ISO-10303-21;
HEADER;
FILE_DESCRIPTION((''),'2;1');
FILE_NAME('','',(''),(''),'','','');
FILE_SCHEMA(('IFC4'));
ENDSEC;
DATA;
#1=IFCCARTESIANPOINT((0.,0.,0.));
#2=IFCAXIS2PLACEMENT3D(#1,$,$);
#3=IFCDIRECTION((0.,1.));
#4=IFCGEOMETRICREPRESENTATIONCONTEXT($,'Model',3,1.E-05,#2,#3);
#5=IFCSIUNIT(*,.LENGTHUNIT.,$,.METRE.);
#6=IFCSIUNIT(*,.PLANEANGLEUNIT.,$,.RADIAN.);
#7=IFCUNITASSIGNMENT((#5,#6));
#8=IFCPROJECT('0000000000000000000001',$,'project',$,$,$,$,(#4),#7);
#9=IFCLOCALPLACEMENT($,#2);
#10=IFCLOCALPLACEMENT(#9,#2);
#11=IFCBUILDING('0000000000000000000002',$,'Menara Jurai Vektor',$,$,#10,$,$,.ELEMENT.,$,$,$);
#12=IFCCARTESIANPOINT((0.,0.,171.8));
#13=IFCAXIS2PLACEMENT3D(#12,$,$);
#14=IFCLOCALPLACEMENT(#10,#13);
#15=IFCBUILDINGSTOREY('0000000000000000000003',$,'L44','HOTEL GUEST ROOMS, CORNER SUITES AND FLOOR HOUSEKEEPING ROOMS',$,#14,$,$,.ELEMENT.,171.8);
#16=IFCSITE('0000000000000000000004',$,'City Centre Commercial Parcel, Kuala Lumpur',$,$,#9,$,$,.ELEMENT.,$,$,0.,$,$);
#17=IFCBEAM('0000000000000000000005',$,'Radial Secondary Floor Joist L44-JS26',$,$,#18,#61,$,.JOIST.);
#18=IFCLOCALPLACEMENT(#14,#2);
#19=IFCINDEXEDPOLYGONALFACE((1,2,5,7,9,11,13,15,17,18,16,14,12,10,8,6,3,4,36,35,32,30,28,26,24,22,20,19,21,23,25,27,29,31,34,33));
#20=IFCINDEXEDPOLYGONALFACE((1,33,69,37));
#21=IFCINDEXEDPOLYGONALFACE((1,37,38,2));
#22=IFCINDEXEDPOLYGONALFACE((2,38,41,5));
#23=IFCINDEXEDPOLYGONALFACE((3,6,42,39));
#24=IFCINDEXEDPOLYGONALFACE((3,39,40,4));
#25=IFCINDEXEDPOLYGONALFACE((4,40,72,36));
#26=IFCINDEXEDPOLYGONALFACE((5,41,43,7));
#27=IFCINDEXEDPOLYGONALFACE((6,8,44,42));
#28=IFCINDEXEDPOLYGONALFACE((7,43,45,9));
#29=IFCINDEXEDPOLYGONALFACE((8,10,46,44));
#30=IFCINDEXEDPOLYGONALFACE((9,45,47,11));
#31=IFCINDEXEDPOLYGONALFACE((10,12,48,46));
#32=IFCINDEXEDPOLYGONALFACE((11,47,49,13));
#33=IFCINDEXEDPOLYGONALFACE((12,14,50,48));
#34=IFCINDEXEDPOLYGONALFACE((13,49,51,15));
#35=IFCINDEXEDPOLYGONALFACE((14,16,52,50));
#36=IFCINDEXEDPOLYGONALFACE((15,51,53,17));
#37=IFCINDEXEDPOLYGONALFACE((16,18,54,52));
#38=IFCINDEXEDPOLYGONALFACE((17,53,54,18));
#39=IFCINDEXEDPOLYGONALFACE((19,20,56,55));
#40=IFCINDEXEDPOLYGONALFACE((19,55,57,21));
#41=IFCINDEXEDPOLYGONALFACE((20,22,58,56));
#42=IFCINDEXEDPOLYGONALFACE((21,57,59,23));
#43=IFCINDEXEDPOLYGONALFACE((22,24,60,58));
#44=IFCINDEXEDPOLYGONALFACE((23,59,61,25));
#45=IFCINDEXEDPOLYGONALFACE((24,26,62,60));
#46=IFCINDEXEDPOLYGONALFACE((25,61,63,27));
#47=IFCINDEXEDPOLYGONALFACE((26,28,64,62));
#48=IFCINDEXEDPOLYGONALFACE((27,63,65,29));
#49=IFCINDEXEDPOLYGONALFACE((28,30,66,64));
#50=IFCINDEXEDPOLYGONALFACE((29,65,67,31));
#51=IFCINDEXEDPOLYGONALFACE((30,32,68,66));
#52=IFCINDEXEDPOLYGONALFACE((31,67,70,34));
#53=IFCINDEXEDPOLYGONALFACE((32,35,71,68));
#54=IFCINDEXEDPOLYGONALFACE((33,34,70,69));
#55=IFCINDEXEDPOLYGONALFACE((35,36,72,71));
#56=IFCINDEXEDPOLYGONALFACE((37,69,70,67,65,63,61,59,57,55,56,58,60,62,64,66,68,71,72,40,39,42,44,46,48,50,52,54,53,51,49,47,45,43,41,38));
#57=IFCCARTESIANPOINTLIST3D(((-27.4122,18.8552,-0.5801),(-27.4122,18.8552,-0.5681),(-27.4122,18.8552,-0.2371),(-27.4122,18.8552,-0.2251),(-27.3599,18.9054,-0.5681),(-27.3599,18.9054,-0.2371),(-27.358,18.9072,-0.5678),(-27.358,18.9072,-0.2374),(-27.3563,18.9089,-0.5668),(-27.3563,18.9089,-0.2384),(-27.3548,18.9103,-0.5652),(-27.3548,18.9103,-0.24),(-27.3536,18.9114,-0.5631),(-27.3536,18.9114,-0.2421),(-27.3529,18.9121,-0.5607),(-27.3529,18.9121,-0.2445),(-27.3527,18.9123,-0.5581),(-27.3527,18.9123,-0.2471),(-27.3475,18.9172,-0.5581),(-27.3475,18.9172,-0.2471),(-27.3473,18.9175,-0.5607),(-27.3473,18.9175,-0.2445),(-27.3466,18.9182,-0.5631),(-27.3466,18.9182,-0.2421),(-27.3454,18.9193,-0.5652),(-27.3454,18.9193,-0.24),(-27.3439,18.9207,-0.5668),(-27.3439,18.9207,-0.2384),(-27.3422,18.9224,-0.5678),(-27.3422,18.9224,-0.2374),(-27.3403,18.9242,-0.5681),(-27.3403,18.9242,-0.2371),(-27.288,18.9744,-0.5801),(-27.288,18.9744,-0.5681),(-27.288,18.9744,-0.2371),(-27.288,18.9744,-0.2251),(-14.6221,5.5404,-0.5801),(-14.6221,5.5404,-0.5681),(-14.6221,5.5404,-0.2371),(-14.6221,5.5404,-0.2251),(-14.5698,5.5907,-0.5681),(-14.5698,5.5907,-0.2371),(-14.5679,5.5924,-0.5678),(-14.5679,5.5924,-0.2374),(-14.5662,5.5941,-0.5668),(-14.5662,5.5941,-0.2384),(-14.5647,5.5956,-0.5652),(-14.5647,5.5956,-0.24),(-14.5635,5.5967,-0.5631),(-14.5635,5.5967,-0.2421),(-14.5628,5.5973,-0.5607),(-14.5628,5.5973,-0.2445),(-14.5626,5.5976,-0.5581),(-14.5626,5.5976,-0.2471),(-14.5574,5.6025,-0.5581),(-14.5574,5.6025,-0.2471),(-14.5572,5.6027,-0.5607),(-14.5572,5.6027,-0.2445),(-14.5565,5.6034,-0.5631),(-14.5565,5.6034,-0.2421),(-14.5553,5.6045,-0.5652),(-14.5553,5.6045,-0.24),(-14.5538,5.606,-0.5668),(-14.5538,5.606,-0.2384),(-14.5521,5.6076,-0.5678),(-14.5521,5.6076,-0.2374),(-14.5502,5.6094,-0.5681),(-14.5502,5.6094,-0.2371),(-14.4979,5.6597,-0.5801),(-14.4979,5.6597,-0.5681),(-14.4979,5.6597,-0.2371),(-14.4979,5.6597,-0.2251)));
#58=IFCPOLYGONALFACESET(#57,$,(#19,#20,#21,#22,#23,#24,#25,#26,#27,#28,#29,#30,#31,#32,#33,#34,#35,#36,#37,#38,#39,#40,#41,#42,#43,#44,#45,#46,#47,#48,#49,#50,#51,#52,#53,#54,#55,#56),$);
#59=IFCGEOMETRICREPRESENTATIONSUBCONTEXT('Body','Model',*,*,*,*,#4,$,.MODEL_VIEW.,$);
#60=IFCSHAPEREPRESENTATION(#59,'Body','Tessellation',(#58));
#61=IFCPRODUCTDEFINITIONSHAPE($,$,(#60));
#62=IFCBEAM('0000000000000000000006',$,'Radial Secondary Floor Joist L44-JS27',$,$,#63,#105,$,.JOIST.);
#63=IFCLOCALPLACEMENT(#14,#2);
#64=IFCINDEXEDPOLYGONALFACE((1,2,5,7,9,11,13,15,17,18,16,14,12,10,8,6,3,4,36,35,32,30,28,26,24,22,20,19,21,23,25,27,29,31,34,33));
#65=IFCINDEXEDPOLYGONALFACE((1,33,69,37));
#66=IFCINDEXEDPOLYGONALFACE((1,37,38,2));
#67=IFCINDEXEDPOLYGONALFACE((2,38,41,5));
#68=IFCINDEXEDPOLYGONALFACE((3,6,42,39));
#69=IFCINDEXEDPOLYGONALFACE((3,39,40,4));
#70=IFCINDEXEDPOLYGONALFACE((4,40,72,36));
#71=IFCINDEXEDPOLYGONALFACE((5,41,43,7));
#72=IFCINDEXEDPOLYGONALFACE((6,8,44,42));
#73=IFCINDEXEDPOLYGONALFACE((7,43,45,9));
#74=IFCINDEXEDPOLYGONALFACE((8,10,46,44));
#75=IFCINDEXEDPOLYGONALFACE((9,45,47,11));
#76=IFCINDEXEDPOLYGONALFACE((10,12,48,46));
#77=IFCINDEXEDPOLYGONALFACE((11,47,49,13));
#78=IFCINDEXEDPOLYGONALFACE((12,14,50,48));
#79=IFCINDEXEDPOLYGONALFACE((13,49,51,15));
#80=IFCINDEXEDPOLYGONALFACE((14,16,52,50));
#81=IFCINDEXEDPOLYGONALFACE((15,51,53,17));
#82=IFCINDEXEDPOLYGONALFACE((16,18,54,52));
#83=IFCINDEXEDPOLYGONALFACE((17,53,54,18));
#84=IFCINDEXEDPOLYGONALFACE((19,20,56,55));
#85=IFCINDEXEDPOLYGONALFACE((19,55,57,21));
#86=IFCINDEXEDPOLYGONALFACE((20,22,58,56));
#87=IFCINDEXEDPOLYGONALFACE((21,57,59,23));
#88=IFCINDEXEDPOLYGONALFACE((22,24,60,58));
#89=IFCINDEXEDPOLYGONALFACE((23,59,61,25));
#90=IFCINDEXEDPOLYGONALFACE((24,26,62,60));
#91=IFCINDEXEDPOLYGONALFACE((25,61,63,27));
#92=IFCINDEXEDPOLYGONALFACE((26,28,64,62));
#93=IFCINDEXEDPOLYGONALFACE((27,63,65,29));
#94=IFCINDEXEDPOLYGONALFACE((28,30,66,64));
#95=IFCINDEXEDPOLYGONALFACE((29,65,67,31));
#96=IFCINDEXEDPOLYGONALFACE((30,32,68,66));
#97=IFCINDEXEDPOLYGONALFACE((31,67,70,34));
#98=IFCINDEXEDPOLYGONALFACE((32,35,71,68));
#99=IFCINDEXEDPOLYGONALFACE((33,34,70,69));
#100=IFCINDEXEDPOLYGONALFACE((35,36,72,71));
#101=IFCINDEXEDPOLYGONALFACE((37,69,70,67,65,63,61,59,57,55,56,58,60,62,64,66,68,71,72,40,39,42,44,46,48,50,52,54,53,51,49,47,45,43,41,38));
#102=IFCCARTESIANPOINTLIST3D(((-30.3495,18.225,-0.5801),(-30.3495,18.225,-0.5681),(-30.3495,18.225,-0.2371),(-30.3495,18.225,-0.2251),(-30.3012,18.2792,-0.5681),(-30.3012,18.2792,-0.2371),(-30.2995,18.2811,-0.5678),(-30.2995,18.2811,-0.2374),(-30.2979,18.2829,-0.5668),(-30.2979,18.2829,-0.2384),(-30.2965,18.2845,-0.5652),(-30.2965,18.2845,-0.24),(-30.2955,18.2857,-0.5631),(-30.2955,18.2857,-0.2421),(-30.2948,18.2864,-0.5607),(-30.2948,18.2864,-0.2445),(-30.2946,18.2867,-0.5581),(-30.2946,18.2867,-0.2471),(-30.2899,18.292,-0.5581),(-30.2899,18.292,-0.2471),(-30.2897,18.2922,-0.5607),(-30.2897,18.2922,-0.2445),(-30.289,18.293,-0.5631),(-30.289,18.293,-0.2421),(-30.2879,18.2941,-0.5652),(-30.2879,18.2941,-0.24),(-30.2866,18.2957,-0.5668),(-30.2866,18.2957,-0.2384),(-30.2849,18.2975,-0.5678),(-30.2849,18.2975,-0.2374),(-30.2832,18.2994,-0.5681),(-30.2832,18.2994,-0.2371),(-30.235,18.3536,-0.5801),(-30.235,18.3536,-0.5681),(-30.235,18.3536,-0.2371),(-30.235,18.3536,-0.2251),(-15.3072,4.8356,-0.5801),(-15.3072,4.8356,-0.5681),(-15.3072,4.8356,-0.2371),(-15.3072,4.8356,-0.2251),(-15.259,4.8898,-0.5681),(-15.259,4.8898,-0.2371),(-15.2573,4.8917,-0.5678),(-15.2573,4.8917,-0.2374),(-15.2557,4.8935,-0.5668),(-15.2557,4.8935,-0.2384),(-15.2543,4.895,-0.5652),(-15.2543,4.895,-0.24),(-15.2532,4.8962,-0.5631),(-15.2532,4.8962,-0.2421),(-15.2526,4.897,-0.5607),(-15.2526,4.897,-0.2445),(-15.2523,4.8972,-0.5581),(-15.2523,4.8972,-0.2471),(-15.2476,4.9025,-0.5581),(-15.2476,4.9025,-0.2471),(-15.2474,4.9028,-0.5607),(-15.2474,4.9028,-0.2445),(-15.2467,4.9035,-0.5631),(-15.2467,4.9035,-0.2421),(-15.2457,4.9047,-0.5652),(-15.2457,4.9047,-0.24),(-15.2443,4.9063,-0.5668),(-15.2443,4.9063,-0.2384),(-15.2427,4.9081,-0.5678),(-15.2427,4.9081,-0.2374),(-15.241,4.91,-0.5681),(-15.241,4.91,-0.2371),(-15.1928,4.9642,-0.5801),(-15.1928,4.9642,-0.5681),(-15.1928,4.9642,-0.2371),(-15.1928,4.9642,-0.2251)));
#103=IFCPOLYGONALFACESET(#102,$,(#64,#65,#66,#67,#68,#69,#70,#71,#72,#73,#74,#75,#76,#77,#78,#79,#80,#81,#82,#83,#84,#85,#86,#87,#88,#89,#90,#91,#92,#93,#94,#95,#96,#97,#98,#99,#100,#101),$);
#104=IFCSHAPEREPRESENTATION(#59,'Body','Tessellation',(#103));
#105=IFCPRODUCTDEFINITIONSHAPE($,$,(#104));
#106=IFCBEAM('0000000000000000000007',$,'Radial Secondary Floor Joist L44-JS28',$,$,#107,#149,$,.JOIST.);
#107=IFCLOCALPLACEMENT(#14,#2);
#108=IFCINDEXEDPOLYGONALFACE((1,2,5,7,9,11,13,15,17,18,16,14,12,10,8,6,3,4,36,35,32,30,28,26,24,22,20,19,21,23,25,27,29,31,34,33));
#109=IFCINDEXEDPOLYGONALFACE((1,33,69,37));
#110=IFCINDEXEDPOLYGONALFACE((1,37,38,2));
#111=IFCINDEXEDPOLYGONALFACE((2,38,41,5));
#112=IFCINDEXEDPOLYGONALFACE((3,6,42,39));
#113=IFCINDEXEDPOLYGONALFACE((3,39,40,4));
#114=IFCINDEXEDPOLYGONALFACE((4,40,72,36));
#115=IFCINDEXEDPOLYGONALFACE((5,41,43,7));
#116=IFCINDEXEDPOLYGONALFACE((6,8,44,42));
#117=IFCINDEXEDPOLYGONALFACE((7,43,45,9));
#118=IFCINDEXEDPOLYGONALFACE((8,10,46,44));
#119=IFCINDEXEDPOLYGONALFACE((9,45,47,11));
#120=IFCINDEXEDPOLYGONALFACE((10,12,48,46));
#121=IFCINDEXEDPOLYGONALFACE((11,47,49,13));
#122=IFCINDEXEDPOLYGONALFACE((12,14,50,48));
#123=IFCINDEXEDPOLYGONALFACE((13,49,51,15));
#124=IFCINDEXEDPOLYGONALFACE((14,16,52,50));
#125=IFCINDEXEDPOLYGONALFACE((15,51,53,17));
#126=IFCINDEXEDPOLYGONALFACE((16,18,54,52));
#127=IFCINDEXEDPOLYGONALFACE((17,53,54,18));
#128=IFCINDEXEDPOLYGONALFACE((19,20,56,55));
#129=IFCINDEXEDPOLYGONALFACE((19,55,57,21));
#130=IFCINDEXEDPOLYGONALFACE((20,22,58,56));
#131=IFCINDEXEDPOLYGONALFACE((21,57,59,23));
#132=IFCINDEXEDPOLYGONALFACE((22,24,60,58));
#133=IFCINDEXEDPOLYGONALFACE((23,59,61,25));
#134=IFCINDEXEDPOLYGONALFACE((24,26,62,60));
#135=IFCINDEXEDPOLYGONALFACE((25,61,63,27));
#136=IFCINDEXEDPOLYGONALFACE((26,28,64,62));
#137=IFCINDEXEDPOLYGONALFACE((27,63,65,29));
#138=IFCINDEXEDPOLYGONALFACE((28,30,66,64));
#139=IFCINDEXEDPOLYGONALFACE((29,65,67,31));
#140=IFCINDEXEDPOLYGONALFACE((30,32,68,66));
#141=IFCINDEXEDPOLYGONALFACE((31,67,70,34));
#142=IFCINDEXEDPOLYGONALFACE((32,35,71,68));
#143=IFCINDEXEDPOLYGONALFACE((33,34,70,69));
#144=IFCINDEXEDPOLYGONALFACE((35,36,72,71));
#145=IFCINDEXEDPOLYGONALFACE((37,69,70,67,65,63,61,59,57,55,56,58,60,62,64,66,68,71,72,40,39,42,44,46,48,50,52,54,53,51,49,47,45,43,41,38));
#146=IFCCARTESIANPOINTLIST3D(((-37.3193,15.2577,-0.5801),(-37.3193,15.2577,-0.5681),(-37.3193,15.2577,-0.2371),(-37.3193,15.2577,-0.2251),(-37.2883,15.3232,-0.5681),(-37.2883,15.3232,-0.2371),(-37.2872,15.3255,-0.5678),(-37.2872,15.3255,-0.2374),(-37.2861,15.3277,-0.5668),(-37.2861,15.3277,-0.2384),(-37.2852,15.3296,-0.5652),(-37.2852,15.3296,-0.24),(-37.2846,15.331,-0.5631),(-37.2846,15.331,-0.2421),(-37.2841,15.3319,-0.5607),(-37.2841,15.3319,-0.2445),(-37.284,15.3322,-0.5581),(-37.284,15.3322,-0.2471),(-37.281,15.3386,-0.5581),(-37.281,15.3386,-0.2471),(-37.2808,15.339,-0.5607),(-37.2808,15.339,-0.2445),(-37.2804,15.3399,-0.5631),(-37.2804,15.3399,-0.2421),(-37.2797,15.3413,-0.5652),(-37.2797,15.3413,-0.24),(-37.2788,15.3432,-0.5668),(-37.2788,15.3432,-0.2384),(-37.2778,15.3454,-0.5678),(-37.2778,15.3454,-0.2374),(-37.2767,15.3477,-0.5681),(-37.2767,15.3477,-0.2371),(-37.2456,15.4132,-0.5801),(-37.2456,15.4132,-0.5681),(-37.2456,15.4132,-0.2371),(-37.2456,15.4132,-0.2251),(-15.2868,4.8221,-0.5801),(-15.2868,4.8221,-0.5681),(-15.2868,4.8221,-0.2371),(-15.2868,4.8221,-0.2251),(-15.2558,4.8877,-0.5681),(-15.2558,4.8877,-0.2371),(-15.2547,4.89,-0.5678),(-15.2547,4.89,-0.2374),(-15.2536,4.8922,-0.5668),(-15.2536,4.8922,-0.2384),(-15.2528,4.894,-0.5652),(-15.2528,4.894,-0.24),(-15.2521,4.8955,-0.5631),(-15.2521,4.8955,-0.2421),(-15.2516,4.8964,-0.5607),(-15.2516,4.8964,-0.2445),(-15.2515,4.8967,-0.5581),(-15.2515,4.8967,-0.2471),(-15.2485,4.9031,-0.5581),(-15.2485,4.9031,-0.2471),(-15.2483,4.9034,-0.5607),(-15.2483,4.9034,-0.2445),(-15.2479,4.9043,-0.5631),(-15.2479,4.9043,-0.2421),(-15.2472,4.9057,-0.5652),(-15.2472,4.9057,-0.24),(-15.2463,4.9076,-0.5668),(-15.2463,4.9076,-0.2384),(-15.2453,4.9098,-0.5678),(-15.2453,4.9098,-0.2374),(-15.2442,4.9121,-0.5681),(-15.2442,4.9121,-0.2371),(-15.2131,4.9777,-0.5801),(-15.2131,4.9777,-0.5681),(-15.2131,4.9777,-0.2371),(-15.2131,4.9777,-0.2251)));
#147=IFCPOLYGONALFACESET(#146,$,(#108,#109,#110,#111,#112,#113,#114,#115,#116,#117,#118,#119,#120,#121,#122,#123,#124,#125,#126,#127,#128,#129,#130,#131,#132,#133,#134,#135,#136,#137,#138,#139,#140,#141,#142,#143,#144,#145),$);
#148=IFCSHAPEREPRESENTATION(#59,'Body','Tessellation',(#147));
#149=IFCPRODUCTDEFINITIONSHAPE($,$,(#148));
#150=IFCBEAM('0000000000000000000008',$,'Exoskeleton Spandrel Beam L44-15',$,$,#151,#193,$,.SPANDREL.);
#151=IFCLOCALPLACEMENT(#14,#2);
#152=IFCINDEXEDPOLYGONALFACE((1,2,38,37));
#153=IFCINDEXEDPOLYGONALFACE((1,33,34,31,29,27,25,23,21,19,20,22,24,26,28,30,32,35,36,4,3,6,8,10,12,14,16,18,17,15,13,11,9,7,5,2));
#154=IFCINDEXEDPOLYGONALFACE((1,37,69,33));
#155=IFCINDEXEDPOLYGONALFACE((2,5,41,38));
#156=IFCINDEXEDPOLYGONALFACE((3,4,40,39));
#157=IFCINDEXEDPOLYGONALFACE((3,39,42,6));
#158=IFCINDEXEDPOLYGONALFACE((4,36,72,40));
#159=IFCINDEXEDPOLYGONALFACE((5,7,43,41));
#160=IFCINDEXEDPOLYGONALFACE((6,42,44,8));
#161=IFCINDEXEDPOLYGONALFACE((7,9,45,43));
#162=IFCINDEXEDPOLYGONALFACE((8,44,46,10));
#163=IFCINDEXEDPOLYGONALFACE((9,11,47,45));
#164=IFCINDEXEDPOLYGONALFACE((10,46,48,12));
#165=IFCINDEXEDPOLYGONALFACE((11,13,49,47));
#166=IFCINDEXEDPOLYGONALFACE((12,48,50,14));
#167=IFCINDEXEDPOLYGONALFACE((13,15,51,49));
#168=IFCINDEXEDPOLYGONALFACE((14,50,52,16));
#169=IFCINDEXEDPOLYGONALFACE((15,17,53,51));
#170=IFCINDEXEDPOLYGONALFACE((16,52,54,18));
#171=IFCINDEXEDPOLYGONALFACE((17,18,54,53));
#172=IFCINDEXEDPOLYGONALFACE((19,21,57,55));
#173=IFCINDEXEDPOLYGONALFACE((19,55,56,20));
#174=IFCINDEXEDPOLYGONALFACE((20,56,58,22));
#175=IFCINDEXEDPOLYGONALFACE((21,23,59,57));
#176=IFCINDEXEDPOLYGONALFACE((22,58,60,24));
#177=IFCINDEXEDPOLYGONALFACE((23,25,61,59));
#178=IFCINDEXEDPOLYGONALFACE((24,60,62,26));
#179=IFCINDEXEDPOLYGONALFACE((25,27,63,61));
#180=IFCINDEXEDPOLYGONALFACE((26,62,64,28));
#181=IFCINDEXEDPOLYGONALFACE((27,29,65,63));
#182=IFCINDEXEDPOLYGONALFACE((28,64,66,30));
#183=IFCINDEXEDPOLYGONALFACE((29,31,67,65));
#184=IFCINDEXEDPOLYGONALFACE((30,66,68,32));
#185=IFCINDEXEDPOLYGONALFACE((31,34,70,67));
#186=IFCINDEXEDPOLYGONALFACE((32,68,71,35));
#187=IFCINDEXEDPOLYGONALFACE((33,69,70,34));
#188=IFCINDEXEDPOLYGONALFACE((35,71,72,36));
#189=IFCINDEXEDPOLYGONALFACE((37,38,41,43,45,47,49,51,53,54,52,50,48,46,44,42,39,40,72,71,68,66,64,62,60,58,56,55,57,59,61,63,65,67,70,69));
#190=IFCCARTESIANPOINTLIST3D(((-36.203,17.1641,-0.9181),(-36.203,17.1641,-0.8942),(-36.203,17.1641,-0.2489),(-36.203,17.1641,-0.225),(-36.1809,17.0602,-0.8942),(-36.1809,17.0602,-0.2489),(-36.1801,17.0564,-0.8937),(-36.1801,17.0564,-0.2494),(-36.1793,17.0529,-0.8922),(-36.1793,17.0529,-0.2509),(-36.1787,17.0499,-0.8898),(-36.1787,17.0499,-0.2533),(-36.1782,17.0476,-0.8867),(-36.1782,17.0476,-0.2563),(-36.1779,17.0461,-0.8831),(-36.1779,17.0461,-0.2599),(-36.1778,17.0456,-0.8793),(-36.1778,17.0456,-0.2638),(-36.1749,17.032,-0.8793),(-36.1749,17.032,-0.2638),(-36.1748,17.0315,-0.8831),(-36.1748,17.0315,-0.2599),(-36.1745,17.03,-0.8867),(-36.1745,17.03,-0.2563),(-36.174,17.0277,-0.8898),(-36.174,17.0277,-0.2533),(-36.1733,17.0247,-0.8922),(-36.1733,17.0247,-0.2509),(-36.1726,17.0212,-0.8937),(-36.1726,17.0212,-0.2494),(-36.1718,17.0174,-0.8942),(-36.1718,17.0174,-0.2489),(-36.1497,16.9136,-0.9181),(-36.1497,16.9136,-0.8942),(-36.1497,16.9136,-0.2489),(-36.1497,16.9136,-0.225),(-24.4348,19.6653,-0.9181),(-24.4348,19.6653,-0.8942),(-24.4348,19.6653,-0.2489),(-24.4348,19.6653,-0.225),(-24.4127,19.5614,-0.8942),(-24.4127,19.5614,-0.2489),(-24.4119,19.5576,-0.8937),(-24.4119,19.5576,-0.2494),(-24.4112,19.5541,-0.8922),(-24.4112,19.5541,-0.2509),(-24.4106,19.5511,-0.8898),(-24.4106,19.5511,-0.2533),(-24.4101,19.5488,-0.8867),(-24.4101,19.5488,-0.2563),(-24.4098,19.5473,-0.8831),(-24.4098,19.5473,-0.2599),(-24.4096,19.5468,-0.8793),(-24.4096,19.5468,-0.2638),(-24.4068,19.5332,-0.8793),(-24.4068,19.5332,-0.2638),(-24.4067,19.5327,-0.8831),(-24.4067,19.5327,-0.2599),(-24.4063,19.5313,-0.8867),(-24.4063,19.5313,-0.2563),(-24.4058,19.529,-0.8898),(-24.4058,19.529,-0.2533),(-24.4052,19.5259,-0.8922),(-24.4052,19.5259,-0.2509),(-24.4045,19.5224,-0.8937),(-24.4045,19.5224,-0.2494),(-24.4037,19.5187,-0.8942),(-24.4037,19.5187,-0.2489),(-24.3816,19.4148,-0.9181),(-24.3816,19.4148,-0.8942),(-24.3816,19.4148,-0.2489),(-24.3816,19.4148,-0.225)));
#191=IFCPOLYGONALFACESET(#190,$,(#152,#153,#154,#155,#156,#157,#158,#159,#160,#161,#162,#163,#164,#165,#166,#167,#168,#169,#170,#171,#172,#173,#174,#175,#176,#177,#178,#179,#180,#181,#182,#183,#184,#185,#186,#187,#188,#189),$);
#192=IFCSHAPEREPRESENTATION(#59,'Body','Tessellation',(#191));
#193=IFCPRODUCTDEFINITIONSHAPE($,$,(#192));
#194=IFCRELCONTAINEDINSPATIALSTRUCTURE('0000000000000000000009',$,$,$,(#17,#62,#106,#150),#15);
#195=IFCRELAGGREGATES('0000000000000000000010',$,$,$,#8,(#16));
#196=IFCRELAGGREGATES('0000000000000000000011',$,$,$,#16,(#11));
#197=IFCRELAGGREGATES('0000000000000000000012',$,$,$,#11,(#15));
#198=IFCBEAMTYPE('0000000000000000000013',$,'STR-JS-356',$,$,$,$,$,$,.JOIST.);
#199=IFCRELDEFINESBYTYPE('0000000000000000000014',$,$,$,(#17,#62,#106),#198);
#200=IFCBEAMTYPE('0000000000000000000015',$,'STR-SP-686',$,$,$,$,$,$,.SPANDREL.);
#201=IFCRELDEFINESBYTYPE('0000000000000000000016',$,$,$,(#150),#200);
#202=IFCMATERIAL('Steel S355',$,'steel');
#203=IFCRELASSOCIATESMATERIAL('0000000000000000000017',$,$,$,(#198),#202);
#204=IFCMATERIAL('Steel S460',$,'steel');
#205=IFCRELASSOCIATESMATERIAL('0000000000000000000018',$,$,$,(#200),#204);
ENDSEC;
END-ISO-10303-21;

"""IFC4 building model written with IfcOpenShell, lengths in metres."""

from ifc_helpers import new_model, si_unit, direction, frame, origin, origin_2d, place, context, subcontext, project, spatial, i_section, extrude, material, material_profile, profile_set, type_object, element, save


model = new_model("IFC4")

# Units and contexts
model_context = context("Model", 3, precision=1e-05, world=origin(), true_north=direction((0.0, 1.0)))
body_context = subcontext(model_context, "Body", "Model", "MODEL_VIEW")
ifc_project = project(units=[si_unit("LENGTHUNIT", "METRE"), si_unit("PLANEANGLEUNIT", "RADIAN")], contexts=[model_context])

# Site, building, storey
site_placement = place(None, origin())
site = spatial("IfcSite", under=ifc_project, at=site_placement, Name="City Centre Commercial Parcel, Kuala Lumpur", CompositionType="ELEMENT", RefElevation=0.0)
building_placement = place(site_placement, origin())
building = spatial("IfcBuilding", under=site, at=building_placement, Name="Menara Jurai Vektor", CompositionType="ELEMENT")
storey_placement = place(building_placement, frame((0.0, 0.0, 171.8)))
storey = spatial("IfcBuildingStorey", under=building, at=storey_placement, Name="L44", Description="HOTEL GUEST ROOMS, CORNER SUITES AND FLOOR HOUSEKEEPING ROOMS", CompositionType="ELEMENT", Elevation=171.8)

# Shared definitions
ifc_material_1 = material(Name="Steel S460", Category="steel")

# Beams
ifc_material_2 = material(Name="Steel S355", Category="steel")
ifc_material_profile_1 = material_profile(ifc_material_2, i_section(OverallWidth=0.1721, OverallDepth=0.355, WebThickness=0.0071, FlangeThickness=0.012, FilletRadius=0.01, at=origin_2d()), Name="UKB 356x171x51")
ifc_profile_set_1 = profile_set([ifc_material_profile_1], Name="Steel S355")
beam_type_1 = type_object("IfcBeamType", Name="STR-JS-356", PredefinedType="JOIST", material=ifc_profile_set_1)
beam_1_placement = place(storey_placement, frame((-27.3501, 18.9148, -0.4026), z_axis=(0.692755, -0.721173, 0.0), x_axis=(0.721173, 0.692755, 0.0)))
element("IfcBeam", 1, at=beam_1_placement, inside=storey, type_object=beam_type_1, Name="Radial Secondary Floor Joist L44-JS26", PredefinedType="JOIST", context=body_context, shape_type="SweptSolid", body=[
    extrude(i_section(OverallWidth=0.1721, OverallDepth=0.355, WebThickness=0.0071, FlangeThickness=0.012, FilletRadius=0.01, at=origin_2d()), origin(), (0.0, 0.0, 1.0), 18.4626),
])
beam_2_placement = place(storey_placement, frame((-30.2922, 18.2893, -0.4026), z_axis=(0.746952, -0.664878, 0.0), x_axis=(0.664878, 0.746952, 0.0)))
element("IfcBeam", 2, at=beam_2_placement, inside=storey, type_object=beam_type_1, Name="Radial Secondary Floor Joist L44-JS27", PredefinedType="JOIST", context=body_context, shape_type="SweptSolid", body=[
    extrude(i_section(OverallWidth=0.1721, OverallDepth=0.355, WebThickness=0.0071, FlangeThickness=0.012, FilletRadius=0.01, at=origin_2d()), origin(), (0.0, 0.0, 1.0), 20.1382),
])
beam_3_placement = place(storey_placement, frame((-37.2825, 15.3354, -0.4026), z_axis=(0.903752, -0.428057, 0.0), x_axis=(0.428057, 0.903752, 0.0)))
element("IfcBeam", 3, at=beam_3_placement, inside=storey, type_object=beam_type_1, Name="Radial Secondary Floor Joist L44-JS28", PredefinedType="JOIST", context=body_context, shape_type="SweptSolid", body=[
    extrude(i_section(OverallWidth=0.1721, OverallDepth=0.355, WebThickness=0.0071, FlangeThickness=0.012, FilletRadius=0.01, at=origin_2d()), origin(), (0.0, 0.0, 1.0), 24.3789),
])
ifc_material_profile_2 = material_profile(ifc_material_1, i_section(OverallWidth=0.2561, OverallDepth=0.6931, WebThickness=0.0139, FlangeThickness=0.0239, FilletRadius=0.0149, at=origin_2d()), Name="UKB 686x254x170")
ifc_profile_set_2 = profile_set([ifc_material_profile_2], Name="Steel S460")
beam_type_2 = type_object("IfcBeamType", Name="STR-SP-686", PredefinedType="SPANDREL", material=ifc_profile_set_2)
beam_4_placement = place(storey_placement, frame((-24.4082, 19.54, -0.5715), z_axis=(-0.97815, -0.207899, 0.0), x_axis=(0.207899, -0.97815, 0.0)))
element("IfcBeam", 4, at=beam_4_placement, inside=storey, type_object=beam_type_2, Name="Exoskeleton Spandrel Beam L44-15", PredefinedType="SPANDREL", context=body_context, shape_type="SweptSolid", body=[
    extrude(i_section(OverallWidth=0.2561, OverallDepth=0.6931, WebThickness=0.0139, FlangeThickness=0.0239, FilletRadius=0.0149, at=origin_2d()), origin(), (0.0, 0.0, 1.0), 12.031),
])

save(model, "model.ifc")
